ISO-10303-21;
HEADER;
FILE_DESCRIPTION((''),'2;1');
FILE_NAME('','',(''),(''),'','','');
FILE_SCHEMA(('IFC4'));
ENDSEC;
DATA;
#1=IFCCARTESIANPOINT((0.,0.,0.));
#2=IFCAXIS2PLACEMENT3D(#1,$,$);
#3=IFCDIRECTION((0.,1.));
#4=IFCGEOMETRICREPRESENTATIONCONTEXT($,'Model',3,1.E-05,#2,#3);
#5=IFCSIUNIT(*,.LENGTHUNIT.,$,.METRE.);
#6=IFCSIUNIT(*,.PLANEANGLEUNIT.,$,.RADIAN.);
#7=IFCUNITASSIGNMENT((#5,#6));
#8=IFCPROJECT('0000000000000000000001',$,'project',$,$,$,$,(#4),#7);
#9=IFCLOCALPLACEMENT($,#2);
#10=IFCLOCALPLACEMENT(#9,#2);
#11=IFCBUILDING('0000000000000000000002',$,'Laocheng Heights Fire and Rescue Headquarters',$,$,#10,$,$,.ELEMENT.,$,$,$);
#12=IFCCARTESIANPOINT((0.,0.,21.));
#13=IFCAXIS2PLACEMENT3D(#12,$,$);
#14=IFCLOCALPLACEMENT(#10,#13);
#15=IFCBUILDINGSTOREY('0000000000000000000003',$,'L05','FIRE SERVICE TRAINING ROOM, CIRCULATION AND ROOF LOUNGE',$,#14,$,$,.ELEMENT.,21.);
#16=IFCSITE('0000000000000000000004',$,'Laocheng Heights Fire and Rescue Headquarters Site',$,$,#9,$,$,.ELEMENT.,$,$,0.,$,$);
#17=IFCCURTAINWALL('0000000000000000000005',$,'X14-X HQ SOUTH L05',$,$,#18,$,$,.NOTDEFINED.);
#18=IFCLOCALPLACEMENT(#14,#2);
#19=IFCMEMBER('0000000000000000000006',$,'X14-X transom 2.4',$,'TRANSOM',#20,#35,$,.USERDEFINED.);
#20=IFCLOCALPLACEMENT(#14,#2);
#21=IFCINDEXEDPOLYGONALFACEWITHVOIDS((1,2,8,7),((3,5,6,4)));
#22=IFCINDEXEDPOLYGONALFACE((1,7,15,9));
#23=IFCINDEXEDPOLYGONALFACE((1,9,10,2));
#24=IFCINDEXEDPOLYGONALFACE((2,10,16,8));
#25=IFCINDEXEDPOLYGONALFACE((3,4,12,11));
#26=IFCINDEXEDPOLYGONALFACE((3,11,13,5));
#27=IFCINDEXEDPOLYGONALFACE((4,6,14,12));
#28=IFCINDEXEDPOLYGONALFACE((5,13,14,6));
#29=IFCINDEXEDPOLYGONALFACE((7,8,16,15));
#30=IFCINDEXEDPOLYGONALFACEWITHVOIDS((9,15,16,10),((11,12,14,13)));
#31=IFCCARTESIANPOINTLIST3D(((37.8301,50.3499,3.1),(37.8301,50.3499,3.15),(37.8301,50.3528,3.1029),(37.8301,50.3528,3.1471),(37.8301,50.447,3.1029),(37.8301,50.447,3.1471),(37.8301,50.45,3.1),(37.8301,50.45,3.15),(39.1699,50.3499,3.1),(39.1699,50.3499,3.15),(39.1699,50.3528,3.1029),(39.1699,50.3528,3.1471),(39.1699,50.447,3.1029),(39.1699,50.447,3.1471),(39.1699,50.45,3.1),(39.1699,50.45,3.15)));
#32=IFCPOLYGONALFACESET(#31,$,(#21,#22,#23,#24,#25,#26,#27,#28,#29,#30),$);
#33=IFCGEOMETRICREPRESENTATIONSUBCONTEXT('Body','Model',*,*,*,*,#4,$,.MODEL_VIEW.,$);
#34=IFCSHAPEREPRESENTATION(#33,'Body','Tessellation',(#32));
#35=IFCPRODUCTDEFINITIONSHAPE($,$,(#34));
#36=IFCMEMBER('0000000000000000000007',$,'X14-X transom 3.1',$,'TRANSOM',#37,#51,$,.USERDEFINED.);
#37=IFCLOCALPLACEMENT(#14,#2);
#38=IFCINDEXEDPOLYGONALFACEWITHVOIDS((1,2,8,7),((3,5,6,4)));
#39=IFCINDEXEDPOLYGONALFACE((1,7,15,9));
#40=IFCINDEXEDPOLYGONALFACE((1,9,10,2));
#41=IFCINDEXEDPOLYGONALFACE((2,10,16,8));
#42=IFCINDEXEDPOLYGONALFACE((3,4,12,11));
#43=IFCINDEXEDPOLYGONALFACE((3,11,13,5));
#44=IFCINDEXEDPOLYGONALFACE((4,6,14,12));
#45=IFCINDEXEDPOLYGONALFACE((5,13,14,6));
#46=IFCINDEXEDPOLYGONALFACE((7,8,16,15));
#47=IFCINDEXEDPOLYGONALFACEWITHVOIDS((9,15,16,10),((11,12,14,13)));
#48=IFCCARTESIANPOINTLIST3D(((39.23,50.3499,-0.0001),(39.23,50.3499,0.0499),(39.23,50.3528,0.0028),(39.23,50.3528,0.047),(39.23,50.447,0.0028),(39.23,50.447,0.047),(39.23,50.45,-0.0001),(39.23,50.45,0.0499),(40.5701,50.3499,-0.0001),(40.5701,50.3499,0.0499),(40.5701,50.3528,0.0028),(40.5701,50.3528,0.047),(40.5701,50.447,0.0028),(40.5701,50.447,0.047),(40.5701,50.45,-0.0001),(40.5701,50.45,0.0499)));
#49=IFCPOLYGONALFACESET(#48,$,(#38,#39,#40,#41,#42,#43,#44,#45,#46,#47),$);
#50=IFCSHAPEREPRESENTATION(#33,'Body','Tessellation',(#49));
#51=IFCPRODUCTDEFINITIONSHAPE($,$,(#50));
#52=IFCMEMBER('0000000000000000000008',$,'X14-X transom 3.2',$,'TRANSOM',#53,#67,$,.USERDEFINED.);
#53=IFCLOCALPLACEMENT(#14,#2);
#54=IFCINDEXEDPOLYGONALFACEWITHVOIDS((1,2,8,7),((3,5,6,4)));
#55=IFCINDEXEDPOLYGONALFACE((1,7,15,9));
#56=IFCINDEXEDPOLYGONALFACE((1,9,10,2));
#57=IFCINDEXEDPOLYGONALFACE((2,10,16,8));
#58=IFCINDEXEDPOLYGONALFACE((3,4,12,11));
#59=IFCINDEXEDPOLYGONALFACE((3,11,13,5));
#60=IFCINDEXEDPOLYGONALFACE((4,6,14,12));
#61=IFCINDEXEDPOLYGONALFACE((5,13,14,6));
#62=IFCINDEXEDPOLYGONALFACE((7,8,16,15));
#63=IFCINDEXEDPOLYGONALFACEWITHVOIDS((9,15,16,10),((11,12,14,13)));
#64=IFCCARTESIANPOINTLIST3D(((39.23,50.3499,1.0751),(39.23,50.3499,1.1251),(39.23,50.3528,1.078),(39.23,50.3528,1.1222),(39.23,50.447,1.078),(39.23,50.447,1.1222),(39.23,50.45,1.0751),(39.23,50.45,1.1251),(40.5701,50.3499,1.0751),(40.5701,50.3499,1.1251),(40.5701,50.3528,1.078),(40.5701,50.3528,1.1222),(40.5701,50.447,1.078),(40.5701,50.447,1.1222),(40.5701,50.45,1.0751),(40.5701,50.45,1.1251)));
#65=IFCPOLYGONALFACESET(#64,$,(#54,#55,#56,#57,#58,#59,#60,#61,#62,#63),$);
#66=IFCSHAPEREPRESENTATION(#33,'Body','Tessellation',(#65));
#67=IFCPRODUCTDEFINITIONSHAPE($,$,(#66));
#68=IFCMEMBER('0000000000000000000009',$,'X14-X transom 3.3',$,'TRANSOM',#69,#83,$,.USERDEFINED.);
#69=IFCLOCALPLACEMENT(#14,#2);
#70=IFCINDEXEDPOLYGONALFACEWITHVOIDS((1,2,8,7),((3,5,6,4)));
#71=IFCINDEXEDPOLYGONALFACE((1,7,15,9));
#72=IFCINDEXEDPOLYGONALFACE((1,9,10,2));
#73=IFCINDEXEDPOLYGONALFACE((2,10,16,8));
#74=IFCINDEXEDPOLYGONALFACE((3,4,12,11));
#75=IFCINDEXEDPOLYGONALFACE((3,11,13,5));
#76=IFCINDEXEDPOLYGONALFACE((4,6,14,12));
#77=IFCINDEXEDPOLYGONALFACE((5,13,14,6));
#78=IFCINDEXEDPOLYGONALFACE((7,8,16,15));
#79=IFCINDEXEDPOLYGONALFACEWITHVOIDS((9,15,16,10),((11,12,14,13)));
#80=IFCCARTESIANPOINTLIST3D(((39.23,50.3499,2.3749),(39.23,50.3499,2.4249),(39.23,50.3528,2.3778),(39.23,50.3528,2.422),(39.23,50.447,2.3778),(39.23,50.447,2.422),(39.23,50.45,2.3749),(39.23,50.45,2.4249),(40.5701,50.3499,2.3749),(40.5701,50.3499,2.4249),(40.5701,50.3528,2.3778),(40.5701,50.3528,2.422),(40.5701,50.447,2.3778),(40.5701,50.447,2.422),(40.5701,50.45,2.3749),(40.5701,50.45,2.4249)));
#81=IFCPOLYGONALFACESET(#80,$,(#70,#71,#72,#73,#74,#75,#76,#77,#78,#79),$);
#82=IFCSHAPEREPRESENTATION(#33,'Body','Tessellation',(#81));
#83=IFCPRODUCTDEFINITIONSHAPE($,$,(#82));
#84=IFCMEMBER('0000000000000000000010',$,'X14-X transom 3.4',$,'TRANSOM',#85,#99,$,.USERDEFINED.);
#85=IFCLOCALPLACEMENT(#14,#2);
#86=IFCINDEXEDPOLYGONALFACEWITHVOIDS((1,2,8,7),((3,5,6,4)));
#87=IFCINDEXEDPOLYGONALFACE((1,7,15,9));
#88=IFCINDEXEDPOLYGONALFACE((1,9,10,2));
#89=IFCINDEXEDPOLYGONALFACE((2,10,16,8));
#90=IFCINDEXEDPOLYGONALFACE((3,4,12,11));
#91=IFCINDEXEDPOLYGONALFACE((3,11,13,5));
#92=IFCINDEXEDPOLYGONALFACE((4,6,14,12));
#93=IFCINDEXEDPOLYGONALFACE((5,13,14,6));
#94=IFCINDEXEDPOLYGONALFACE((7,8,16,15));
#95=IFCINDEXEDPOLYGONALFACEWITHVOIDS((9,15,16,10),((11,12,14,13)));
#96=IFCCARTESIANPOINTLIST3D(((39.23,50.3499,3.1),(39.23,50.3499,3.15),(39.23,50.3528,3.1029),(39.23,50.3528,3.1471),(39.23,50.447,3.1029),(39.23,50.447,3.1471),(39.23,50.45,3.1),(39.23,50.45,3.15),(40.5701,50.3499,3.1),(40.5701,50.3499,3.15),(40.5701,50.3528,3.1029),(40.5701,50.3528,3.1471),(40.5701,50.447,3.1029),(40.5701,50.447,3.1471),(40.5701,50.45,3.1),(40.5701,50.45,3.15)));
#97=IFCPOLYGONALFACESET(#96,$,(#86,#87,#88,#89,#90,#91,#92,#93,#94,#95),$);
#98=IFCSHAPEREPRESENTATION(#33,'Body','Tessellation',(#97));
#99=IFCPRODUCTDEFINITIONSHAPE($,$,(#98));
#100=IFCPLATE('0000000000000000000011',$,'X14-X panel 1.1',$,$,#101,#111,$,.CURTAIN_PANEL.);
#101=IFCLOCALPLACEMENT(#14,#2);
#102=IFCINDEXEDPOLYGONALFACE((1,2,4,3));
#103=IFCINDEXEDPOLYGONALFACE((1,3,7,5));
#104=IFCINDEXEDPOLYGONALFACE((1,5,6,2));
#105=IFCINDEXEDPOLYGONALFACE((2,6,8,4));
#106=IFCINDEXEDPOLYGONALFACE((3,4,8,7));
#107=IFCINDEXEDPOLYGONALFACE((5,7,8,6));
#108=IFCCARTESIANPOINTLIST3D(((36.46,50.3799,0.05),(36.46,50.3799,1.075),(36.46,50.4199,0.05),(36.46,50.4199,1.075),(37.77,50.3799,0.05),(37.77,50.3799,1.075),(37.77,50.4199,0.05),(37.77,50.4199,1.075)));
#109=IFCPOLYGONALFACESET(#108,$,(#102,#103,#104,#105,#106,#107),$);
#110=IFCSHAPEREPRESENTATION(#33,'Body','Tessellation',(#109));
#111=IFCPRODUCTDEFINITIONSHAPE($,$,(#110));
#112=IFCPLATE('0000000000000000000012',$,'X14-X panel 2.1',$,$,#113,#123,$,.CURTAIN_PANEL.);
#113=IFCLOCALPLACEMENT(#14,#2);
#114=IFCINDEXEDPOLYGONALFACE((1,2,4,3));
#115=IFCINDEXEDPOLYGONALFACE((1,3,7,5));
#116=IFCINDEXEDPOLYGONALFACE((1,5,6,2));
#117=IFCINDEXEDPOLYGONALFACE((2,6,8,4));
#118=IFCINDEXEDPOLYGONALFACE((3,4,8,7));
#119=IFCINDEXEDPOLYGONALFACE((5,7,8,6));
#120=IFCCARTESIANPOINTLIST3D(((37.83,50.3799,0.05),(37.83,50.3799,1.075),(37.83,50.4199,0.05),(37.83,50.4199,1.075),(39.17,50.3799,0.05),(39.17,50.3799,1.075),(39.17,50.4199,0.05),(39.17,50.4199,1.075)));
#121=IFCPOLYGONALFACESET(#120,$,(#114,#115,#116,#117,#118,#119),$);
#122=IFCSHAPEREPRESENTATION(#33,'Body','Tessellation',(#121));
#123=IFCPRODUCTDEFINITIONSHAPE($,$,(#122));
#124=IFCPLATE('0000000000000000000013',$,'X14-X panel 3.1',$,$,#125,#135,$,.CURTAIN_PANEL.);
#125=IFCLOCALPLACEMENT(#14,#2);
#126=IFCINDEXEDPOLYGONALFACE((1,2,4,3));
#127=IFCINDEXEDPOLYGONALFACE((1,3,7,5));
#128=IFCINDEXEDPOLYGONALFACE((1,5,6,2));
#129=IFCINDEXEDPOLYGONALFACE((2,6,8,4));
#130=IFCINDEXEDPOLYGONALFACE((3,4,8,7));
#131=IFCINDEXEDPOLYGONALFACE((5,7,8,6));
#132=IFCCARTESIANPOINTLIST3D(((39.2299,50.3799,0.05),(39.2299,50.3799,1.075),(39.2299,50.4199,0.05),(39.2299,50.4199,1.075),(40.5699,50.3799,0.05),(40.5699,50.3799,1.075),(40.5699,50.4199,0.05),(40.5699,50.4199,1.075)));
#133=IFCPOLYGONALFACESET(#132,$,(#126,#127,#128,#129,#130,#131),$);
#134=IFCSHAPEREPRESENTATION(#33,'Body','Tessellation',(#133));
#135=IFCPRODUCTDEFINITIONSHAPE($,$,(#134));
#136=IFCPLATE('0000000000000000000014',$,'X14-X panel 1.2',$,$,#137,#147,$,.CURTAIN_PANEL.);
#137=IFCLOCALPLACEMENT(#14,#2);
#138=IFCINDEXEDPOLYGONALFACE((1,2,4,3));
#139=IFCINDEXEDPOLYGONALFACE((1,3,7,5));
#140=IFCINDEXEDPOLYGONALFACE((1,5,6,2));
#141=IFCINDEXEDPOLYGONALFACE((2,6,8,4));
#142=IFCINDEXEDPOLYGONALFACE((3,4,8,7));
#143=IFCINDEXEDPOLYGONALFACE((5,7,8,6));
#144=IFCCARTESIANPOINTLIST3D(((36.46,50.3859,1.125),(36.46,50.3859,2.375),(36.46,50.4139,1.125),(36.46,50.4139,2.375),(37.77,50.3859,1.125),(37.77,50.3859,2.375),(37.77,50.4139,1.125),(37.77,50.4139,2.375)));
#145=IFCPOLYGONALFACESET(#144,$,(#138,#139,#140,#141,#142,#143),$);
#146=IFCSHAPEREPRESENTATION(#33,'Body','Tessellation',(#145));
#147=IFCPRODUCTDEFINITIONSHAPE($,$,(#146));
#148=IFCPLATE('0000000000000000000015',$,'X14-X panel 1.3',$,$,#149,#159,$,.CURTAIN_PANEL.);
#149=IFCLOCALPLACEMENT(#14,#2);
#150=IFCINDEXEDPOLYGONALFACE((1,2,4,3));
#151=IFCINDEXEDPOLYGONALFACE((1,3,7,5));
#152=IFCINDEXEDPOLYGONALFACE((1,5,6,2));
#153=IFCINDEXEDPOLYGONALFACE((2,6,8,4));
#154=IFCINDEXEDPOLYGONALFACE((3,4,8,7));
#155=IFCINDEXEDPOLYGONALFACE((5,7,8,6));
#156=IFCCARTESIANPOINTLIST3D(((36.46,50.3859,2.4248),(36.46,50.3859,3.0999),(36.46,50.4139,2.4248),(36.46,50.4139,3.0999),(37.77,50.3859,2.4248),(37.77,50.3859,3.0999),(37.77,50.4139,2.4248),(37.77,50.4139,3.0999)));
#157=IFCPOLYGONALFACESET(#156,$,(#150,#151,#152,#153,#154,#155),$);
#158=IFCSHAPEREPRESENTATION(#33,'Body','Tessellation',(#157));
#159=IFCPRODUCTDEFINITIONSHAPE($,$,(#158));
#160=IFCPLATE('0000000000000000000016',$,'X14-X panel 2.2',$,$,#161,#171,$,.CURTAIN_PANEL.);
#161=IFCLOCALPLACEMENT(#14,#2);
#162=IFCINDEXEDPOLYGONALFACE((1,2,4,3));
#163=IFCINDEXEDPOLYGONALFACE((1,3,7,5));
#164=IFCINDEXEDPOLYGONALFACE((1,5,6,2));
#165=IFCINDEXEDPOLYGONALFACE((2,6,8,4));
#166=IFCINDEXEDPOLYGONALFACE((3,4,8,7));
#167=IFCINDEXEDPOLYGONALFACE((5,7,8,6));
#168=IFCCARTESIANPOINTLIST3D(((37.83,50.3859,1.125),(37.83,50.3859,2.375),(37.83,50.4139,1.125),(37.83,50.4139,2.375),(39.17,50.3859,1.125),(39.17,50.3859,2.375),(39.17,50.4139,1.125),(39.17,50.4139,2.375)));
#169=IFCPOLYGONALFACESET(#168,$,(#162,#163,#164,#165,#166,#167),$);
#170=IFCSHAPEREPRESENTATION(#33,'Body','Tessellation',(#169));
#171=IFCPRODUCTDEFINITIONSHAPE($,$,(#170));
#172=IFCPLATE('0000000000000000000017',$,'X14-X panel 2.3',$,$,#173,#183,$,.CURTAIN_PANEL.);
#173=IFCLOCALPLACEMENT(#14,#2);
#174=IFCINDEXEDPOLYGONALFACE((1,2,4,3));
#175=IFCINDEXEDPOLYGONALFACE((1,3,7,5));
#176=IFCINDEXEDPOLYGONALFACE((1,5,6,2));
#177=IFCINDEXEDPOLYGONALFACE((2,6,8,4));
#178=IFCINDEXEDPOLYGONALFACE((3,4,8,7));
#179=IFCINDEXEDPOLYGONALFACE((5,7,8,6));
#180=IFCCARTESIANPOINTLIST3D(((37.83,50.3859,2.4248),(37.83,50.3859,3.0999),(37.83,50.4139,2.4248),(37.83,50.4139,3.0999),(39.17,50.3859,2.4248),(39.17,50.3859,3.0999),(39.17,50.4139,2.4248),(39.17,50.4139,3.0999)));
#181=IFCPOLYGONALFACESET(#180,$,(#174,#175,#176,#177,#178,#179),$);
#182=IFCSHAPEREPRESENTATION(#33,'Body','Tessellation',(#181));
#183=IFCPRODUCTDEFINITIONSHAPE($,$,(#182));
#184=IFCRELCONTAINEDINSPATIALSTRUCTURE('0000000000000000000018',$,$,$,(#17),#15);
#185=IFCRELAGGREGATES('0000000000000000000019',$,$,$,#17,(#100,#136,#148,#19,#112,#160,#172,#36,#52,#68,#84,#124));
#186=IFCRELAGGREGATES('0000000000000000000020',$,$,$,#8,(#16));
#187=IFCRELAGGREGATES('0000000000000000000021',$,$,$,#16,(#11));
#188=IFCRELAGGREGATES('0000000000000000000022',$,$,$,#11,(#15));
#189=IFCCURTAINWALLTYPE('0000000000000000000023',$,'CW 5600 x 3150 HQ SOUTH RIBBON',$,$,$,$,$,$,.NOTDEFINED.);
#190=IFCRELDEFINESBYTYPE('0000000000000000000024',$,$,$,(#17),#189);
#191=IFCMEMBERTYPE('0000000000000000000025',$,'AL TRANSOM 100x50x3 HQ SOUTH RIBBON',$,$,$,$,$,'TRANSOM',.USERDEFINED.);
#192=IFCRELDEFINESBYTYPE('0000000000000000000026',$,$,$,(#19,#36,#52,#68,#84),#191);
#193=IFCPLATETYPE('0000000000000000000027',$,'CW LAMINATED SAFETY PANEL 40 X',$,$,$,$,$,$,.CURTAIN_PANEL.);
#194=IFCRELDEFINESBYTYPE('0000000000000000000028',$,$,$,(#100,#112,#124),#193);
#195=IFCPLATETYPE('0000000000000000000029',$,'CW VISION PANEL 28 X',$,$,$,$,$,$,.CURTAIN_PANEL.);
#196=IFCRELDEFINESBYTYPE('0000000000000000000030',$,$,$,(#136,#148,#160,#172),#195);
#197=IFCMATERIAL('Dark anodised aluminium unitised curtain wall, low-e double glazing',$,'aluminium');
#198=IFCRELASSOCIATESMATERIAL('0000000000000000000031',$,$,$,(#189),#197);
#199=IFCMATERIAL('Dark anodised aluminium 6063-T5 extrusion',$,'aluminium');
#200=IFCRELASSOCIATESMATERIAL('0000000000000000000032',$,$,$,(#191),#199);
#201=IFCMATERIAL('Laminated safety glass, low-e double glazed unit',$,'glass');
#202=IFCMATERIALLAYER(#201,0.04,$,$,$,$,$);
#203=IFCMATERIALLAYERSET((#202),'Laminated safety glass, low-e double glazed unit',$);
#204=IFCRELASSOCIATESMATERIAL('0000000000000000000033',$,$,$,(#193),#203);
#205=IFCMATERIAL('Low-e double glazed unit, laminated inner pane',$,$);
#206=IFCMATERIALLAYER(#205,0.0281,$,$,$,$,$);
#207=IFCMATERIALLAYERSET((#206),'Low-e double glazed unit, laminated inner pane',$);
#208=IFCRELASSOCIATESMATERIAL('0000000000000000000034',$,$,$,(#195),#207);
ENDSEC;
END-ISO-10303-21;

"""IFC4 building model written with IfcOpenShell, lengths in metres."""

from ifc_helpers import new_model, si_unit, direction, frame, origin, origin_2d, place, context, subcontext, project, spatial, rectangle, hollow_rectangle, extrude, material, layer, layer_set, material_profile, profile_set, type_object, element, aggregate, save


model = new_model("IFC4")

# Units and contexts
model_context = context("Model", 3, precision=1e-05, world=origin(), true_north=direction((0.0, 1.0)))
body_context = subcontext(model_context, "Body", "Model", "MODEL_VIEW")
ifc_project = project(units=[si_unit("LENGTHUNIT", "METRE"), si_unit("PLANEANGLEUNIT", "RADIAN")], contexts=[model_context])

# Site, building, storey
site_placement = place(None, origin())
site = spatial("IfcSite", under=ifc_project, at=site_placement, Name="Laocheng Heights Fire and Rescue Headquarters Site", CompositionType="ELEMENT", RefElevation=0.0)
building_placement = place(site_placement, origin())
building = spatial("IfcBuilding", under=site, at=building_placement, Name="Laocheng Heights Fire and Rescue Headquarters", CompositionType="ELEMENT")
storey_placement = place(building_placement, frame((0.0, 0.0, 21.0)))
storey = spatial("IfcBuildingStorey", under=building, at=storey_placement, Name="L05", Description="FIRE SERVICE TRAINING ROOM, CIRCULATION AND ROOF LOUNGE", CompositionType="ELEMENT", Elevation=21.0)

# Curtain wall, members, plates
ifc_material_1 = material(Name="Dark anodised aluminium unitised curtain wall, low-e double glazing", Category="aluminium")
curtain_wall_type = type_object("IfcCurtainWallType", Name="CW 5600 x 3150 HQ SOUTH RIBBON", PredefinedType="NOTDEFINED", material=ifc_material_1)
curtain_wall_placement = place(storey_placement, origin())
curtain_wall = element("IfcCurtainWall", 1, at=curtain_wall_placement, inside=storey, type_object=curtain_wall_type, Name="X14-X HQ SOUTH L05", PredefinedType="NOTDEFINED")
ifc_material_2 = material(Name="Dark anodised aluminium 6063-T5 extrusion", Category="aluminium")
ifc_material_profile_1 = material_profile(ifc_material_2, hollow_rectangle(XDim=0.1001, YDim=0.05, WallThickness=0.0029, at=origin_2d()), Name="AL TRANSOM 100x50x3 HQ SOUTH RIBBON")
ifc_profile_set_1 = profile_set([ifc_material_profile_1], Name="Dark anodised aluminium 6063-T5 extrusion")
member_type_1 = type_object("IfcMemberType", Name="AL TRANSOM 100x50x3 HQ SOUTH RIBBON", ElementType="TRANSOM", PredefinedType="USERDEFINED", material=ifc_profile_set_1)
member_1_placement = place(storey_placement, frame((37.8301, 50.3999, 3.125), z_axis=(1.0, 0.0, 0.0), x_axis=(0.0, 1.0, 0.0)))
member_1 = element("IfcMember", 2, at=member_1_placement, type_object=member_type_1, Name="X14-X transom 2.4", ObjectType="TRANSOM", PredefinedType="USERDEFINED", context=body_context, shape_type="SweptSolid", body=[
    extrude(hollow_rectangle(XDim=0.1001, YDim=0.05, WallThickness=0.0029, at=origin_2d()), origin(), (0.0, 0.0, 1.0), 1.3398),
])
member_2_placement = place(storey_placement, frame((39.23, 50.3999, 0.0249), z_axis=(1.0, 0.0, 0.0), x_axis=(0.0, 1.0, 0.0)))
member_2 = element("IfcMember", 3, at=member_2_placement, type_object=member_type_1, Name="X14-X transom 3.1", ObjectType="TRANSOM", PredefinedType="USERDEFINED", context=body_context, shape_type="SweptSolid", body=[
    extrude(hollow_rectangle(XDim=0.1001, YDim=0.05, WallThickness=0.0029, at=origin_2d()), origin(), (0.0, 0.0, 1.0), 1.3401),
])
member_3_placement = place(storey_placement, frame((39.23, 50.3999, 1.1001), z_axis=(1.0, 0.0, 0.0), x_axis=(0.0, 1.0, 0.0)))
member_3 = element("IfcMember", 4, at=member_3_placement, type_object=member_type_1, Name="X14-X transom 3.2", ObjectType="TRANSOM", PredefinedType="USERDEFINED", context=body_context, shape_type="SweptSolid", body=[
    extrude(hollow_rectangle(XDim=0.1001, YDim=0.05, WallThickness=0.0029, at=origin_2d()), origin(), (0.0, 0.0, 1.0), 1.3401),
])
member_4_placement = place(storey_placement, frame((39.23, 50.3999, 2.3999), z_axis=(1.0, 0.0, 0.0), x_axis=(0.0, 1.0, 0.0)))
member_4 = element("IfcMember", 5, at=member_4_placement, type_object=member_type_1, Name="X14-X transom 3.3", ObjectType="TRANSOM", PredefinedType="USERDEFINED", context=body_context, shape_type="SweptSolid", body=[
    extrude(hollow_rectangle(XDim=0.1001, YDim=0.05, WallThickness=0.0029, at=origin_2d()), origin(), (0.0, 0.0, 1.0), 1.3401),
])
member_5_placement = place(storey_placement, frame((39.23, 50.3999, 3.125), z_axis=(1.0, 0.0, 0.0), x_axis=(0.0, 1.0, 0.0)))
member_5 = element("IfcMember", 6, at=member_5_placement, type_object=member_type_1, Name="X14-X transom 3.4", ObjectType="TRANSOM", PredefinedType="USERDEFINED", context=body_context, shape_type="SweptSolid", body=[
    extrude(hollow_rectangle(XDim=0.1001, YDim=0.05, WallThickness=0.0029, at=origin_2d()), origin(), (0.0, 0.0, 1.0), 1.3401),
])
ifc_material_3 = material(Name="Laminated safety glass, low-e double glazed unit", Category="glass")
ifc_layer_1 = layer(ifc_material_3, 0.04)
ifc_layer_set_1 = layer_set([ifc_layer_1], Name="Laminated safety glass, low-e double glazed unit")
plate_type_1 = type_object("IfcPlateType", Name="CW LAMINATED SAFETY PANEL 40 X", PredefinedType="CURTAIN_PANEL", material=ifc_layer_set_1)
plate_1_placement = place(storey_placement, frame((37.115, 50.3999, 0.05), z_axis=(0.0, 0.0, 1.0), x_axis=(1.0, 0.0, 0.0)))
plate_1 = element("IfcPlate", 7, at=plate_1_placement, type_object=plate_type_1, Name="X14-X panel 1.1", PredefinedType="CURTAIN_PANEL", context=body_context, shape_type="SweptSolid", body=[
    extrude(rectangle(XDim=1.3101, YDim=0.04, at=origin_2d()), origin(), (0.0, 0.0, 1.0), 1.0249),
])
plate_2_placement = place(storey_placement, frame((38.5, 50.3999, 0.05), z_axis=(0.0, 0.0, 1.0), x_axis=(1.0, 0.0, 0.0)))
plate_2 = element("IfcPlate", 8, at=plate_2_placement, type_object=plate_type_1, Name="X14-X panel 2.1", PredefinedType="CURTAIN_PANEL", context=body_context, shape_type="SweptSolid", body=[
    extrude(rectangle(XDim=1.3401, YDim=0.04, at=origin_2d()), origin(), (0.0, 0.0, 1.0), 1.0249),
])
plate_3_placement = place(storey_placement, frame((39.8999, 50.3999, 0.05), z_axis=(0.0, 0.0, 1.0), x_axis=(1.0, 0.0, 0.0)))
plate_3 = element("IfcPlate", 9, at=plate_3_placement, type_object=plate_type_1, Name="X14-X panel 3.1", PredefinedType="CURTAIN_PANEL", context=body_context, shape_type="SweptSolid", body=[
    extrude(rectangle(XDim=1.3401, YDim=0.04, at=origin_2d()), origin(), (0.0, 0.0, 1.0), 1.0249),
])
ifc_material_4 = material(Name="Low-e double glazed unit, laminated inner pane")
ifc_layer_2 = layer(ifc_material_4, 0.0281)
ifc_layer_set_2 = layer_set([ifc_layer_2], Name="Low-e double glazed unit, laminated inner pane")
plate_type_2 = type_object("IfcPlateType", Name="CW VISION PANEL 28 X", PredefinedType="CURTAIN_PANEL", material=ifc_layer_set_2)
plate_4_placement = place(storey_placement, frame((37.115, 50.3999, 1.125), z_axis=(0.0, 0.0, 1.0), x_axis=(1.0, 0.0, 0.0)))
plate_4 = element("IfcPlate", 10, at=plate_4_placement, type_object=plate_type_2, Name="X14-X panel 1.2", PredefinedType="CURTAIN_PANEL", context=body_context, shape_type="SweptSolid", body=[
    extrude(rectangle(XDim=1.3101, YDim=0.0281, at=origin_2d()), origin(), (0.0, 0.0, 1.0), 1.25),
])
plate_5_placement = place(storey_placement, frame((37.115, 50.3999, 2.4248), z_axis=(0.0, 0.0, 1.0), x_axis=(1.0, 0.0, 0.0)))
plate_5 = element("IfcPlate", 11, at=plate_5_placement, type_object=plate_type_2, Name="X14-X panel 1.3", PredefinedType="CURTAIN_PANEL", context=body_context, shape_type="SweptSolid", body=[
    extrude(rectangle(XDim=1.3101, YDim=0.0281, at=origin_2d()), origin(), (0.0, 0.0, 1.0), 0.675),
])
plate_6_placement = place(storey_placement, frame((38.5, 50.3999, 1.125), z_axis=(0.0, 0.0, 1.0), x_axis=(1.0, 0.0, 0.0)))
plate_6 = element("IfcPlate", 12, at=plate_6_placement, type_object=plate_type_2, Name="X14-X panel 2.2", PredefinedType="CURTAIN_PANEL", context=body_context, shape_type="SweptSolid", body=[
    extrude(rectangle(XDim=1.3401, YDim=0.0281, at=origin_2d()), origin(), (0.0, 0.0, 1.0), 1.25),
])
plate_7_placement = place(storey_placement, frame((38.5, 50.3999, 2.4248), z_axis=(0.0, 0.0, 1.0), x_axis=(1.0, 0.0, 0.0)))
plate_7 = element("IfcPlate", 13, at=plate_7_placement, type_object=plate_type_2, Name="X14-X panel 2.3", PredefinedType="CURTAIN_PANEL", context=body_context, shape_type="SweptSolid", body=[
    extrude(rectangle(XDim=1.3401, YDim=0.0281, at=origin_2d()), origin(), (0.0, 0.0, 1.0), 0.675),
])
aggregate(curtain_wall, [plate_1, plate_4, plate_5, member_1, plate_2, plate_6, plate_7, member_2, member_3, member_4, member_5, plate_3])

save(model, "model.ifc")
